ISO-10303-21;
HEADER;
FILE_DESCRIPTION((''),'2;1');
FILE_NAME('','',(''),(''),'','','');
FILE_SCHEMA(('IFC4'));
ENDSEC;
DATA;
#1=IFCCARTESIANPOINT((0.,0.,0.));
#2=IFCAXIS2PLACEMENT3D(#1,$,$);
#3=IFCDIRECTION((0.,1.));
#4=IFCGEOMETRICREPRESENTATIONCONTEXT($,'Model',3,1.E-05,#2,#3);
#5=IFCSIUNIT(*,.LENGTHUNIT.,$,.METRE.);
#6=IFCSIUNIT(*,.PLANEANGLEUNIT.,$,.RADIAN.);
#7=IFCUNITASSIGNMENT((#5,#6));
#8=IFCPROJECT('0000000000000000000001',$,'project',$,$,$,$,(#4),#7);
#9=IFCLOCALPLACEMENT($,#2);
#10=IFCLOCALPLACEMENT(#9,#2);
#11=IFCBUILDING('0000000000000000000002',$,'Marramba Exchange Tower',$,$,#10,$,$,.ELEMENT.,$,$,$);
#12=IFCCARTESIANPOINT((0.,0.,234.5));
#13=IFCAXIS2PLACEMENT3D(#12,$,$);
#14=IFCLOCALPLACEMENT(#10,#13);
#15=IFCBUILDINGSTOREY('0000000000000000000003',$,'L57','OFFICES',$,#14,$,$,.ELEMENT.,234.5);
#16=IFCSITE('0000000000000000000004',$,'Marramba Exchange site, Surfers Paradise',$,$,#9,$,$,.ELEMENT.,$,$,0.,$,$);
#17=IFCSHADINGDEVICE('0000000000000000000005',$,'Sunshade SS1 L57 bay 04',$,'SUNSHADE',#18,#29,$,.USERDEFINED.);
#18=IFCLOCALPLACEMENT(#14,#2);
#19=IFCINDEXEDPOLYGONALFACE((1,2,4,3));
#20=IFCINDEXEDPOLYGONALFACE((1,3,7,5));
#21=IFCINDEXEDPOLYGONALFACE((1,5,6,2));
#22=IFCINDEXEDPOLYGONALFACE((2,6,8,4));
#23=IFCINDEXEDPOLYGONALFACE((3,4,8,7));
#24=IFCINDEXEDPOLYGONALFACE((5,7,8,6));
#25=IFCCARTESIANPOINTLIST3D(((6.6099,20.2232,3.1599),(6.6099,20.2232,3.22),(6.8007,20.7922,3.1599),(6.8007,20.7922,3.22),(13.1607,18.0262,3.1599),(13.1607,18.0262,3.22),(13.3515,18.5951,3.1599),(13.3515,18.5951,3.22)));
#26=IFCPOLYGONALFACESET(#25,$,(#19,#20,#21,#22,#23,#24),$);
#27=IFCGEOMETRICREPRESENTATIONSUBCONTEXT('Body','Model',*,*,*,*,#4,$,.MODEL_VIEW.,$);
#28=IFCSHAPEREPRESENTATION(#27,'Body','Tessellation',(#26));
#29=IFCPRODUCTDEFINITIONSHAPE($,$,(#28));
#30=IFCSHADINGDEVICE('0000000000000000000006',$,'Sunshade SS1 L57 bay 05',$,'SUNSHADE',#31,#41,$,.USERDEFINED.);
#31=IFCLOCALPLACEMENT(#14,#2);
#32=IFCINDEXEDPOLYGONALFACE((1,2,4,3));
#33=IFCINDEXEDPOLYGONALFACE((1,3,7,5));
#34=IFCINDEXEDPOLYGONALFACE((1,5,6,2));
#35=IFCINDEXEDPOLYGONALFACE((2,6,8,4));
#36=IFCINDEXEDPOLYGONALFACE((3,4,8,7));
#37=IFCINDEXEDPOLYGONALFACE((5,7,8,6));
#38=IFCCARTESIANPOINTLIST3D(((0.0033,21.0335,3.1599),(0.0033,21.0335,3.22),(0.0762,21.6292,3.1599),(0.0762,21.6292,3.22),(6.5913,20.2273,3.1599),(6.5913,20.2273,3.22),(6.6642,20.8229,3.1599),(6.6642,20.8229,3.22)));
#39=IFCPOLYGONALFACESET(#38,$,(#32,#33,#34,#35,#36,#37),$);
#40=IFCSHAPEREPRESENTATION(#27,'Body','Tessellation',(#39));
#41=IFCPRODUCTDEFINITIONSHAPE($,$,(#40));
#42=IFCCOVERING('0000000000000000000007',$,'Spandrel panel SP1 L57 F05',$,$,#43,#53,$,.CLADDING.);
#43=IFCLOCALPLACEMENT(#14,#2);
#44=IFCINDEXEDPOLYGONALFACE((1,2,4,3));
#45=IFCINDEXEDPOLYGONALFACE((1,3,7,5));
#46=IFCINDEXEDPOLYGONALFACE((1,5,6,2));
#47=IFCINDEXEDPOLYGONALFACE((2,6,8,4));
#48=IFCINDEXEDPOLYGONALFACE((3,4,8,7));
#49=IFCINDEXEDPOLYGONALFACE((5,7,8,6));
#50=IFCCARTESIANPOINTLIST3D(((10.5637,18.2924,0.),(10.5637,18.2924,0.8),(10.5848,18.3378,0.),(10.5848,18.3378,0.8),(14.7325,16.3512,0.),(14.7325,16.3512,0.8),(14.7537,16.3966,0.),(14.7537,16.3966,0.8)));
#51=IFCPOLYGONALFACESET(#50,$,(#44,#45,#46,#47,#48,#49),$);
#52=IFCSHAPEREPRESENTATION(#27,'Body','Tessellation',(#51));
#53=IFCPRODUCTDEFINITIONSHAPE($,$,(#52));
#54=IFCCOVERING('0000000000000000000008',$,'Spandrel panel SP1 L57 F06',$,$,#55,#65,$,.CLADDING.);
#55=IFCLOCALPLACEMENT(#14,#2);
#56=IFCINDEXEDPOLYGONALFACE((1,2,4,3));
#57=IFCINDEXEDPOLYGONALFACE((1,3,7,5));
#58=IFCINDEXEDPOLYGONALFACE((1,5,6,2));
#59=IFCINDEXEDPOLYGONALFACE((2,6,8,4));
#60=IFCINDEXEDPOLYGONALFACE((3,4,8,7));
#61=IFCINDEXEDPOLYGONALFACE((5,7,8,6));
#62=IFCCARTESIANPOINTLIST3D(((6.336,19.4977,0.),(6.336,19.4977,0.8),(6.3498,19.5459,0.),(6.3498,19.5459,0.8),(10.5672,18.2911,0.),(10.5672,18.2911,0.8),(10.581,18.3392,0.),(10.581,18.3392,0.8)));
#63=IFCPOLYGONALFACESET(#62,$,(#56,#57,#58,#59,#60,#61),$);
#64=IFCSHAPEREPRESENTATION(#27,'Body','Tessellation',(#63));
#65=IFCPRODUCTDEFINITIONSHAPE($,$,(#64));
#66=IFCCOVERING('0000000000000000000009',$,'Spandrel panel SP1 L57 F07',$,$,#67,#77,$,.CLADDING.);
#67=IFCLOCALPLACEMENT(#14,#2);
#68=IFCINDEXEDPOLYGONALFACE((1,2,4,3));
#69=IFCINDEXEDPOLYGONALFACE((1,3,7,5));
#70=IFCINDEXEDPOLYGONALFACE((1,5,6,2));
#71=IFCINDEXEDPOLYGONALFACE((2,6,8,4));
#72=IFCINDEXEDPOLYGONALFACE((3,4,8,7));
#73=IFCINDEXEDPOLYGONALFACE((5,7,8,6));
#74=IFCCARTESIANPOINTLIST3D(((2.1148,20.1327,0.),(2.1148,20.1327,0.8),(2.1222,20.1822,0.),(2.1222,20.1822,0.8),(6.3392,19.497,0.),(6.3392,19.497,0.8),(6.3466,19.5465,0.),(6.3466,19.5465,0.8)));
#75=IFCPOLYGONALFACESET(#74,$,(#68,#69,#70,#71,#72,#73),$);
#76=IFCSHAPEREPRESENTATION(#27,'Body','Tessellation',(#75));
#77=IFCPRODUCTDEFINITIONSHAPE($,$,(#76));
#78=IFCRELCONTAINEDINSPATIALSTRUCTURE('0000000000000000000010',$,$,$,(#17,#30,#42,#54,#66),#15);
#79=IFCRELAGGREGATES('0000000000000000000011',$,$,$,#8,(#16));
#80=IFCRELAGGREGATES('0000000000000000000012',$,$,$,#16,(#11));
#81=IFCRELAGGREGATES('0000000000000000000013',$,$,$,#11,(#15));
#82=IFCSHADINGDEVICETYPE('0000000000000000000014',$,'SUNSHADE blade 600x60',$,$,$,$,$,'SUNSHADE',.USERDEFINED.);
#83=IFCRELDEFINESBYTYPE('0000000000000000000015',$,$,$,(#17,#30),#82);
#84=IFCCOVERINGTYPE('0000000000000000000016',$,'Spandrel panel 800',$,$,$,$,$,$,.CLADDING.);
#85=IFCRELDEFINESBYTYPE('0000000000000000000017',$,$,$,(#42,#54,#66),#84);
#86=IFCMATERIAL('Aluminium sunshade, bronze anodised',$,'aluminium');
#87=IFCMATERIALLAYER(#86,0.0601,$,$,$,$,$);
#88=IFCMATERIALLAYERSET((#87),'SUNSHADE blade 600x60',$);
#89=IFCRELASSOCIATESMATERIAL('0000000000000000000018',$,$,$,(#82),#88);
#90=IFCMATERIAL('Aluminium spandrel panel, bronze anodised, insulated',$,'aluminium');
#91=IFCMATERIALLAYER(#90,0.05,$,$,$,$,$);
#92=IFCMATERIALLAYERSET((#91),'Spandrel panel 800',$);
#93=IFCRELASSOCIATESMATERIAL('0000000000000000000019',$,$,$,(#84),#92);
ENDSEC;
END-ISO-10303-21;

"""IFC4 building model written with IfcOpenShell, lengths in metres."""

from ifc_helpers import new_model, si_unit, direction, frame, origin, origin_2d, place, context, subcontext, project, spatial, rectangle, extrude, material, layer, layer_set, type_object, element, save


model = new_model("IFC4")

# Units and contexts
model_context = context("Model", 3, precision=1e-05, world=origin(), true_north=direction((0.0, 1.0)))
body_context = subcontext(model_context, "Body", "Model", "MODEL_VIEW")
ifc_project = project(units=[si_unit("LENGTHUNIT", "METRE"), si_unit("PLANEANGLEUNIT", "RADIAN")], contexts=[model_context])

# Site, building, storey
site_placement = place(None, origin())
site = spatial("IfcSite", under=ifc_project, at=site_placement, Name="Marramba Exchange site, Surfers Paradise", CompositionType="ELEMENT", RefElevation=0.0)
building_placement = place(site_placement, origin())
building = spatial("IfcBuilding", under=site, at=building_placement, Name="Marramba Exchange Tower", CompositionType="ELEMENT")
storey_placement = place(building_placement, frame((0.0, 0.0, 234.5)))
storey = spatial("IfcBuildingStorey", under=building, at=storey_placement, Name="L57", Description="OFFICES", CompositionType="ELEMENT", Elevation=234.5)

# Shading devices
ifc_material_1 = material(Name="Aluminium sunshade, bronze anodised", Category="aluminium")
ifc_layer_1 = layer(ifc_material_1, 0.0601)
ifc_layer_set_1 = layer_set([ifc_layer_1], Name="SUNSHADE blade 600x60")
shading_device_type_1 = type_object("IfcShadingDeviceType", Name="SUNSHADE blade 600x60", ElementType="SUNSHADE", PredefinedType="USERDEFINED", material=ifc_layer_set_1)
shading_device_1_placement = place(storey_placement, frame((9.9807, 19.4092, 3.1599), z_axis=(0.0, 0.0, 1.0), x_axis=(-0.948096, 0.317983, 0.0)))
element("IfcShadingDevice", 1, at=shading_device_1_placement, inside=storey, type_object=shading_device_type_1, Name="Sunshade SS1 L57 bay 04", ObjectType="SUNSHADE", PredefinedType="USERDEFINED", context=body_context, shape_type="SweptSolid", body=[
    extrude(rectangle(XDim=6.9094, YDim=0.6001, at=origin_2d()), origin(), (0.0, 0.0, 1.0), 0.0601),
])
shading_device_2_placement = place(storey_placement, frame((3.3337, 20.9282, 3.1599), z_axis=(0.0, 0.0, 1.0), x_axis=(-0.992595, 0.121469, 0.0)))
element("IfcShadingDevice", 2, at=shading_device_2_placement, inside=storey, type_object=shading_device_type_1, Name="Sunshade SS1 L57 bay 05", ObjectType="SUNSHADE", PredefinedType="USERDEFINED", context=body_context, shape_type="SweptSolid", body=[
    extrude(rectangle(XDim=6.6372, YDim=0.6001, at=origin_2d()), origin(), (0.0, 0.0, 1.0), 0.0601),
])

# Coverings
ifc_material_2 = material(Name="Aluminium spandrel panel, bronze anodised, insulated", Category="aluminium")
ifc_layer_2 = layer(ifc_material_2, 0.05)
ifc_layer_set_2 = layer_set([ifc_layer_2], Name="Spandrel panel 800")
covering_type = type_object("IfcCoveringType", Name="Spandrel panel 800", PredefinedType="CLADDING", material=ifc_layer_set_2)
covering_1_placement = place(storey_placement, frame((12.6587, 17.3445, 0.0), z_axis=(0.0, 0.0, 1.0), x_axis=(-0.906534, 0.422133, 0.0)))
element("IfcCovering", 3, at=covering_1_placement, inside=storey, type_object=covering_type, Name="Spandrel panel SP1 L57 F05", PredefinedType="CLADDING", context=body_context, shape_type="SweptSolid", body=[
    extrude(rectangle(XDim=4.5986, YDim=0.05, at=origin_2d()), origin(), (0.0, 0.0, 1.0), 0.8),
])
covering_2_placement = place(storey_placement, frame((8.4585, 18.9185, 0.0), z_axis=(0.0, 0.0, 1.0), x_axis=(-0.961659, 0.274248, 0.0)))
element("IfcCovering", 4, at=covering_2_placement, inside=storey, type_object=covering_type, Name="Spandrel panel SP1 L57 F06", PredefinedType="CLADDING", context=body_context, shape_type="SweptSolid", body=[
    extrude(rectangle(XDim=4.3999, YDim=0.05, at=origin_2d()), origin(), (0.0, 0.0, 1.0), 0.8),
])
covering_3_placement = place(storey_placement, frame((4.2307, 19.8396, 0.0), z_axis=(0.0, 0.0, 1.0), x_axis=(-0.988868, 0.148795, 0.0)))
element("IfcCovering", 5, at=covering_3_placement, inside=storey, type_object=covering_type, Name="Spandrel panel SP1 L57 F07", PredefinedType="CLADDING", context=body_context, shape_type="SweptSolid", body=[
    extrude(rectangle(XDim=4.272, YDim=0.05, at=origin_2d()), origin(), (0.0, 0.0, 1.0), 0.8),
])

save(model, "model.ifc")
